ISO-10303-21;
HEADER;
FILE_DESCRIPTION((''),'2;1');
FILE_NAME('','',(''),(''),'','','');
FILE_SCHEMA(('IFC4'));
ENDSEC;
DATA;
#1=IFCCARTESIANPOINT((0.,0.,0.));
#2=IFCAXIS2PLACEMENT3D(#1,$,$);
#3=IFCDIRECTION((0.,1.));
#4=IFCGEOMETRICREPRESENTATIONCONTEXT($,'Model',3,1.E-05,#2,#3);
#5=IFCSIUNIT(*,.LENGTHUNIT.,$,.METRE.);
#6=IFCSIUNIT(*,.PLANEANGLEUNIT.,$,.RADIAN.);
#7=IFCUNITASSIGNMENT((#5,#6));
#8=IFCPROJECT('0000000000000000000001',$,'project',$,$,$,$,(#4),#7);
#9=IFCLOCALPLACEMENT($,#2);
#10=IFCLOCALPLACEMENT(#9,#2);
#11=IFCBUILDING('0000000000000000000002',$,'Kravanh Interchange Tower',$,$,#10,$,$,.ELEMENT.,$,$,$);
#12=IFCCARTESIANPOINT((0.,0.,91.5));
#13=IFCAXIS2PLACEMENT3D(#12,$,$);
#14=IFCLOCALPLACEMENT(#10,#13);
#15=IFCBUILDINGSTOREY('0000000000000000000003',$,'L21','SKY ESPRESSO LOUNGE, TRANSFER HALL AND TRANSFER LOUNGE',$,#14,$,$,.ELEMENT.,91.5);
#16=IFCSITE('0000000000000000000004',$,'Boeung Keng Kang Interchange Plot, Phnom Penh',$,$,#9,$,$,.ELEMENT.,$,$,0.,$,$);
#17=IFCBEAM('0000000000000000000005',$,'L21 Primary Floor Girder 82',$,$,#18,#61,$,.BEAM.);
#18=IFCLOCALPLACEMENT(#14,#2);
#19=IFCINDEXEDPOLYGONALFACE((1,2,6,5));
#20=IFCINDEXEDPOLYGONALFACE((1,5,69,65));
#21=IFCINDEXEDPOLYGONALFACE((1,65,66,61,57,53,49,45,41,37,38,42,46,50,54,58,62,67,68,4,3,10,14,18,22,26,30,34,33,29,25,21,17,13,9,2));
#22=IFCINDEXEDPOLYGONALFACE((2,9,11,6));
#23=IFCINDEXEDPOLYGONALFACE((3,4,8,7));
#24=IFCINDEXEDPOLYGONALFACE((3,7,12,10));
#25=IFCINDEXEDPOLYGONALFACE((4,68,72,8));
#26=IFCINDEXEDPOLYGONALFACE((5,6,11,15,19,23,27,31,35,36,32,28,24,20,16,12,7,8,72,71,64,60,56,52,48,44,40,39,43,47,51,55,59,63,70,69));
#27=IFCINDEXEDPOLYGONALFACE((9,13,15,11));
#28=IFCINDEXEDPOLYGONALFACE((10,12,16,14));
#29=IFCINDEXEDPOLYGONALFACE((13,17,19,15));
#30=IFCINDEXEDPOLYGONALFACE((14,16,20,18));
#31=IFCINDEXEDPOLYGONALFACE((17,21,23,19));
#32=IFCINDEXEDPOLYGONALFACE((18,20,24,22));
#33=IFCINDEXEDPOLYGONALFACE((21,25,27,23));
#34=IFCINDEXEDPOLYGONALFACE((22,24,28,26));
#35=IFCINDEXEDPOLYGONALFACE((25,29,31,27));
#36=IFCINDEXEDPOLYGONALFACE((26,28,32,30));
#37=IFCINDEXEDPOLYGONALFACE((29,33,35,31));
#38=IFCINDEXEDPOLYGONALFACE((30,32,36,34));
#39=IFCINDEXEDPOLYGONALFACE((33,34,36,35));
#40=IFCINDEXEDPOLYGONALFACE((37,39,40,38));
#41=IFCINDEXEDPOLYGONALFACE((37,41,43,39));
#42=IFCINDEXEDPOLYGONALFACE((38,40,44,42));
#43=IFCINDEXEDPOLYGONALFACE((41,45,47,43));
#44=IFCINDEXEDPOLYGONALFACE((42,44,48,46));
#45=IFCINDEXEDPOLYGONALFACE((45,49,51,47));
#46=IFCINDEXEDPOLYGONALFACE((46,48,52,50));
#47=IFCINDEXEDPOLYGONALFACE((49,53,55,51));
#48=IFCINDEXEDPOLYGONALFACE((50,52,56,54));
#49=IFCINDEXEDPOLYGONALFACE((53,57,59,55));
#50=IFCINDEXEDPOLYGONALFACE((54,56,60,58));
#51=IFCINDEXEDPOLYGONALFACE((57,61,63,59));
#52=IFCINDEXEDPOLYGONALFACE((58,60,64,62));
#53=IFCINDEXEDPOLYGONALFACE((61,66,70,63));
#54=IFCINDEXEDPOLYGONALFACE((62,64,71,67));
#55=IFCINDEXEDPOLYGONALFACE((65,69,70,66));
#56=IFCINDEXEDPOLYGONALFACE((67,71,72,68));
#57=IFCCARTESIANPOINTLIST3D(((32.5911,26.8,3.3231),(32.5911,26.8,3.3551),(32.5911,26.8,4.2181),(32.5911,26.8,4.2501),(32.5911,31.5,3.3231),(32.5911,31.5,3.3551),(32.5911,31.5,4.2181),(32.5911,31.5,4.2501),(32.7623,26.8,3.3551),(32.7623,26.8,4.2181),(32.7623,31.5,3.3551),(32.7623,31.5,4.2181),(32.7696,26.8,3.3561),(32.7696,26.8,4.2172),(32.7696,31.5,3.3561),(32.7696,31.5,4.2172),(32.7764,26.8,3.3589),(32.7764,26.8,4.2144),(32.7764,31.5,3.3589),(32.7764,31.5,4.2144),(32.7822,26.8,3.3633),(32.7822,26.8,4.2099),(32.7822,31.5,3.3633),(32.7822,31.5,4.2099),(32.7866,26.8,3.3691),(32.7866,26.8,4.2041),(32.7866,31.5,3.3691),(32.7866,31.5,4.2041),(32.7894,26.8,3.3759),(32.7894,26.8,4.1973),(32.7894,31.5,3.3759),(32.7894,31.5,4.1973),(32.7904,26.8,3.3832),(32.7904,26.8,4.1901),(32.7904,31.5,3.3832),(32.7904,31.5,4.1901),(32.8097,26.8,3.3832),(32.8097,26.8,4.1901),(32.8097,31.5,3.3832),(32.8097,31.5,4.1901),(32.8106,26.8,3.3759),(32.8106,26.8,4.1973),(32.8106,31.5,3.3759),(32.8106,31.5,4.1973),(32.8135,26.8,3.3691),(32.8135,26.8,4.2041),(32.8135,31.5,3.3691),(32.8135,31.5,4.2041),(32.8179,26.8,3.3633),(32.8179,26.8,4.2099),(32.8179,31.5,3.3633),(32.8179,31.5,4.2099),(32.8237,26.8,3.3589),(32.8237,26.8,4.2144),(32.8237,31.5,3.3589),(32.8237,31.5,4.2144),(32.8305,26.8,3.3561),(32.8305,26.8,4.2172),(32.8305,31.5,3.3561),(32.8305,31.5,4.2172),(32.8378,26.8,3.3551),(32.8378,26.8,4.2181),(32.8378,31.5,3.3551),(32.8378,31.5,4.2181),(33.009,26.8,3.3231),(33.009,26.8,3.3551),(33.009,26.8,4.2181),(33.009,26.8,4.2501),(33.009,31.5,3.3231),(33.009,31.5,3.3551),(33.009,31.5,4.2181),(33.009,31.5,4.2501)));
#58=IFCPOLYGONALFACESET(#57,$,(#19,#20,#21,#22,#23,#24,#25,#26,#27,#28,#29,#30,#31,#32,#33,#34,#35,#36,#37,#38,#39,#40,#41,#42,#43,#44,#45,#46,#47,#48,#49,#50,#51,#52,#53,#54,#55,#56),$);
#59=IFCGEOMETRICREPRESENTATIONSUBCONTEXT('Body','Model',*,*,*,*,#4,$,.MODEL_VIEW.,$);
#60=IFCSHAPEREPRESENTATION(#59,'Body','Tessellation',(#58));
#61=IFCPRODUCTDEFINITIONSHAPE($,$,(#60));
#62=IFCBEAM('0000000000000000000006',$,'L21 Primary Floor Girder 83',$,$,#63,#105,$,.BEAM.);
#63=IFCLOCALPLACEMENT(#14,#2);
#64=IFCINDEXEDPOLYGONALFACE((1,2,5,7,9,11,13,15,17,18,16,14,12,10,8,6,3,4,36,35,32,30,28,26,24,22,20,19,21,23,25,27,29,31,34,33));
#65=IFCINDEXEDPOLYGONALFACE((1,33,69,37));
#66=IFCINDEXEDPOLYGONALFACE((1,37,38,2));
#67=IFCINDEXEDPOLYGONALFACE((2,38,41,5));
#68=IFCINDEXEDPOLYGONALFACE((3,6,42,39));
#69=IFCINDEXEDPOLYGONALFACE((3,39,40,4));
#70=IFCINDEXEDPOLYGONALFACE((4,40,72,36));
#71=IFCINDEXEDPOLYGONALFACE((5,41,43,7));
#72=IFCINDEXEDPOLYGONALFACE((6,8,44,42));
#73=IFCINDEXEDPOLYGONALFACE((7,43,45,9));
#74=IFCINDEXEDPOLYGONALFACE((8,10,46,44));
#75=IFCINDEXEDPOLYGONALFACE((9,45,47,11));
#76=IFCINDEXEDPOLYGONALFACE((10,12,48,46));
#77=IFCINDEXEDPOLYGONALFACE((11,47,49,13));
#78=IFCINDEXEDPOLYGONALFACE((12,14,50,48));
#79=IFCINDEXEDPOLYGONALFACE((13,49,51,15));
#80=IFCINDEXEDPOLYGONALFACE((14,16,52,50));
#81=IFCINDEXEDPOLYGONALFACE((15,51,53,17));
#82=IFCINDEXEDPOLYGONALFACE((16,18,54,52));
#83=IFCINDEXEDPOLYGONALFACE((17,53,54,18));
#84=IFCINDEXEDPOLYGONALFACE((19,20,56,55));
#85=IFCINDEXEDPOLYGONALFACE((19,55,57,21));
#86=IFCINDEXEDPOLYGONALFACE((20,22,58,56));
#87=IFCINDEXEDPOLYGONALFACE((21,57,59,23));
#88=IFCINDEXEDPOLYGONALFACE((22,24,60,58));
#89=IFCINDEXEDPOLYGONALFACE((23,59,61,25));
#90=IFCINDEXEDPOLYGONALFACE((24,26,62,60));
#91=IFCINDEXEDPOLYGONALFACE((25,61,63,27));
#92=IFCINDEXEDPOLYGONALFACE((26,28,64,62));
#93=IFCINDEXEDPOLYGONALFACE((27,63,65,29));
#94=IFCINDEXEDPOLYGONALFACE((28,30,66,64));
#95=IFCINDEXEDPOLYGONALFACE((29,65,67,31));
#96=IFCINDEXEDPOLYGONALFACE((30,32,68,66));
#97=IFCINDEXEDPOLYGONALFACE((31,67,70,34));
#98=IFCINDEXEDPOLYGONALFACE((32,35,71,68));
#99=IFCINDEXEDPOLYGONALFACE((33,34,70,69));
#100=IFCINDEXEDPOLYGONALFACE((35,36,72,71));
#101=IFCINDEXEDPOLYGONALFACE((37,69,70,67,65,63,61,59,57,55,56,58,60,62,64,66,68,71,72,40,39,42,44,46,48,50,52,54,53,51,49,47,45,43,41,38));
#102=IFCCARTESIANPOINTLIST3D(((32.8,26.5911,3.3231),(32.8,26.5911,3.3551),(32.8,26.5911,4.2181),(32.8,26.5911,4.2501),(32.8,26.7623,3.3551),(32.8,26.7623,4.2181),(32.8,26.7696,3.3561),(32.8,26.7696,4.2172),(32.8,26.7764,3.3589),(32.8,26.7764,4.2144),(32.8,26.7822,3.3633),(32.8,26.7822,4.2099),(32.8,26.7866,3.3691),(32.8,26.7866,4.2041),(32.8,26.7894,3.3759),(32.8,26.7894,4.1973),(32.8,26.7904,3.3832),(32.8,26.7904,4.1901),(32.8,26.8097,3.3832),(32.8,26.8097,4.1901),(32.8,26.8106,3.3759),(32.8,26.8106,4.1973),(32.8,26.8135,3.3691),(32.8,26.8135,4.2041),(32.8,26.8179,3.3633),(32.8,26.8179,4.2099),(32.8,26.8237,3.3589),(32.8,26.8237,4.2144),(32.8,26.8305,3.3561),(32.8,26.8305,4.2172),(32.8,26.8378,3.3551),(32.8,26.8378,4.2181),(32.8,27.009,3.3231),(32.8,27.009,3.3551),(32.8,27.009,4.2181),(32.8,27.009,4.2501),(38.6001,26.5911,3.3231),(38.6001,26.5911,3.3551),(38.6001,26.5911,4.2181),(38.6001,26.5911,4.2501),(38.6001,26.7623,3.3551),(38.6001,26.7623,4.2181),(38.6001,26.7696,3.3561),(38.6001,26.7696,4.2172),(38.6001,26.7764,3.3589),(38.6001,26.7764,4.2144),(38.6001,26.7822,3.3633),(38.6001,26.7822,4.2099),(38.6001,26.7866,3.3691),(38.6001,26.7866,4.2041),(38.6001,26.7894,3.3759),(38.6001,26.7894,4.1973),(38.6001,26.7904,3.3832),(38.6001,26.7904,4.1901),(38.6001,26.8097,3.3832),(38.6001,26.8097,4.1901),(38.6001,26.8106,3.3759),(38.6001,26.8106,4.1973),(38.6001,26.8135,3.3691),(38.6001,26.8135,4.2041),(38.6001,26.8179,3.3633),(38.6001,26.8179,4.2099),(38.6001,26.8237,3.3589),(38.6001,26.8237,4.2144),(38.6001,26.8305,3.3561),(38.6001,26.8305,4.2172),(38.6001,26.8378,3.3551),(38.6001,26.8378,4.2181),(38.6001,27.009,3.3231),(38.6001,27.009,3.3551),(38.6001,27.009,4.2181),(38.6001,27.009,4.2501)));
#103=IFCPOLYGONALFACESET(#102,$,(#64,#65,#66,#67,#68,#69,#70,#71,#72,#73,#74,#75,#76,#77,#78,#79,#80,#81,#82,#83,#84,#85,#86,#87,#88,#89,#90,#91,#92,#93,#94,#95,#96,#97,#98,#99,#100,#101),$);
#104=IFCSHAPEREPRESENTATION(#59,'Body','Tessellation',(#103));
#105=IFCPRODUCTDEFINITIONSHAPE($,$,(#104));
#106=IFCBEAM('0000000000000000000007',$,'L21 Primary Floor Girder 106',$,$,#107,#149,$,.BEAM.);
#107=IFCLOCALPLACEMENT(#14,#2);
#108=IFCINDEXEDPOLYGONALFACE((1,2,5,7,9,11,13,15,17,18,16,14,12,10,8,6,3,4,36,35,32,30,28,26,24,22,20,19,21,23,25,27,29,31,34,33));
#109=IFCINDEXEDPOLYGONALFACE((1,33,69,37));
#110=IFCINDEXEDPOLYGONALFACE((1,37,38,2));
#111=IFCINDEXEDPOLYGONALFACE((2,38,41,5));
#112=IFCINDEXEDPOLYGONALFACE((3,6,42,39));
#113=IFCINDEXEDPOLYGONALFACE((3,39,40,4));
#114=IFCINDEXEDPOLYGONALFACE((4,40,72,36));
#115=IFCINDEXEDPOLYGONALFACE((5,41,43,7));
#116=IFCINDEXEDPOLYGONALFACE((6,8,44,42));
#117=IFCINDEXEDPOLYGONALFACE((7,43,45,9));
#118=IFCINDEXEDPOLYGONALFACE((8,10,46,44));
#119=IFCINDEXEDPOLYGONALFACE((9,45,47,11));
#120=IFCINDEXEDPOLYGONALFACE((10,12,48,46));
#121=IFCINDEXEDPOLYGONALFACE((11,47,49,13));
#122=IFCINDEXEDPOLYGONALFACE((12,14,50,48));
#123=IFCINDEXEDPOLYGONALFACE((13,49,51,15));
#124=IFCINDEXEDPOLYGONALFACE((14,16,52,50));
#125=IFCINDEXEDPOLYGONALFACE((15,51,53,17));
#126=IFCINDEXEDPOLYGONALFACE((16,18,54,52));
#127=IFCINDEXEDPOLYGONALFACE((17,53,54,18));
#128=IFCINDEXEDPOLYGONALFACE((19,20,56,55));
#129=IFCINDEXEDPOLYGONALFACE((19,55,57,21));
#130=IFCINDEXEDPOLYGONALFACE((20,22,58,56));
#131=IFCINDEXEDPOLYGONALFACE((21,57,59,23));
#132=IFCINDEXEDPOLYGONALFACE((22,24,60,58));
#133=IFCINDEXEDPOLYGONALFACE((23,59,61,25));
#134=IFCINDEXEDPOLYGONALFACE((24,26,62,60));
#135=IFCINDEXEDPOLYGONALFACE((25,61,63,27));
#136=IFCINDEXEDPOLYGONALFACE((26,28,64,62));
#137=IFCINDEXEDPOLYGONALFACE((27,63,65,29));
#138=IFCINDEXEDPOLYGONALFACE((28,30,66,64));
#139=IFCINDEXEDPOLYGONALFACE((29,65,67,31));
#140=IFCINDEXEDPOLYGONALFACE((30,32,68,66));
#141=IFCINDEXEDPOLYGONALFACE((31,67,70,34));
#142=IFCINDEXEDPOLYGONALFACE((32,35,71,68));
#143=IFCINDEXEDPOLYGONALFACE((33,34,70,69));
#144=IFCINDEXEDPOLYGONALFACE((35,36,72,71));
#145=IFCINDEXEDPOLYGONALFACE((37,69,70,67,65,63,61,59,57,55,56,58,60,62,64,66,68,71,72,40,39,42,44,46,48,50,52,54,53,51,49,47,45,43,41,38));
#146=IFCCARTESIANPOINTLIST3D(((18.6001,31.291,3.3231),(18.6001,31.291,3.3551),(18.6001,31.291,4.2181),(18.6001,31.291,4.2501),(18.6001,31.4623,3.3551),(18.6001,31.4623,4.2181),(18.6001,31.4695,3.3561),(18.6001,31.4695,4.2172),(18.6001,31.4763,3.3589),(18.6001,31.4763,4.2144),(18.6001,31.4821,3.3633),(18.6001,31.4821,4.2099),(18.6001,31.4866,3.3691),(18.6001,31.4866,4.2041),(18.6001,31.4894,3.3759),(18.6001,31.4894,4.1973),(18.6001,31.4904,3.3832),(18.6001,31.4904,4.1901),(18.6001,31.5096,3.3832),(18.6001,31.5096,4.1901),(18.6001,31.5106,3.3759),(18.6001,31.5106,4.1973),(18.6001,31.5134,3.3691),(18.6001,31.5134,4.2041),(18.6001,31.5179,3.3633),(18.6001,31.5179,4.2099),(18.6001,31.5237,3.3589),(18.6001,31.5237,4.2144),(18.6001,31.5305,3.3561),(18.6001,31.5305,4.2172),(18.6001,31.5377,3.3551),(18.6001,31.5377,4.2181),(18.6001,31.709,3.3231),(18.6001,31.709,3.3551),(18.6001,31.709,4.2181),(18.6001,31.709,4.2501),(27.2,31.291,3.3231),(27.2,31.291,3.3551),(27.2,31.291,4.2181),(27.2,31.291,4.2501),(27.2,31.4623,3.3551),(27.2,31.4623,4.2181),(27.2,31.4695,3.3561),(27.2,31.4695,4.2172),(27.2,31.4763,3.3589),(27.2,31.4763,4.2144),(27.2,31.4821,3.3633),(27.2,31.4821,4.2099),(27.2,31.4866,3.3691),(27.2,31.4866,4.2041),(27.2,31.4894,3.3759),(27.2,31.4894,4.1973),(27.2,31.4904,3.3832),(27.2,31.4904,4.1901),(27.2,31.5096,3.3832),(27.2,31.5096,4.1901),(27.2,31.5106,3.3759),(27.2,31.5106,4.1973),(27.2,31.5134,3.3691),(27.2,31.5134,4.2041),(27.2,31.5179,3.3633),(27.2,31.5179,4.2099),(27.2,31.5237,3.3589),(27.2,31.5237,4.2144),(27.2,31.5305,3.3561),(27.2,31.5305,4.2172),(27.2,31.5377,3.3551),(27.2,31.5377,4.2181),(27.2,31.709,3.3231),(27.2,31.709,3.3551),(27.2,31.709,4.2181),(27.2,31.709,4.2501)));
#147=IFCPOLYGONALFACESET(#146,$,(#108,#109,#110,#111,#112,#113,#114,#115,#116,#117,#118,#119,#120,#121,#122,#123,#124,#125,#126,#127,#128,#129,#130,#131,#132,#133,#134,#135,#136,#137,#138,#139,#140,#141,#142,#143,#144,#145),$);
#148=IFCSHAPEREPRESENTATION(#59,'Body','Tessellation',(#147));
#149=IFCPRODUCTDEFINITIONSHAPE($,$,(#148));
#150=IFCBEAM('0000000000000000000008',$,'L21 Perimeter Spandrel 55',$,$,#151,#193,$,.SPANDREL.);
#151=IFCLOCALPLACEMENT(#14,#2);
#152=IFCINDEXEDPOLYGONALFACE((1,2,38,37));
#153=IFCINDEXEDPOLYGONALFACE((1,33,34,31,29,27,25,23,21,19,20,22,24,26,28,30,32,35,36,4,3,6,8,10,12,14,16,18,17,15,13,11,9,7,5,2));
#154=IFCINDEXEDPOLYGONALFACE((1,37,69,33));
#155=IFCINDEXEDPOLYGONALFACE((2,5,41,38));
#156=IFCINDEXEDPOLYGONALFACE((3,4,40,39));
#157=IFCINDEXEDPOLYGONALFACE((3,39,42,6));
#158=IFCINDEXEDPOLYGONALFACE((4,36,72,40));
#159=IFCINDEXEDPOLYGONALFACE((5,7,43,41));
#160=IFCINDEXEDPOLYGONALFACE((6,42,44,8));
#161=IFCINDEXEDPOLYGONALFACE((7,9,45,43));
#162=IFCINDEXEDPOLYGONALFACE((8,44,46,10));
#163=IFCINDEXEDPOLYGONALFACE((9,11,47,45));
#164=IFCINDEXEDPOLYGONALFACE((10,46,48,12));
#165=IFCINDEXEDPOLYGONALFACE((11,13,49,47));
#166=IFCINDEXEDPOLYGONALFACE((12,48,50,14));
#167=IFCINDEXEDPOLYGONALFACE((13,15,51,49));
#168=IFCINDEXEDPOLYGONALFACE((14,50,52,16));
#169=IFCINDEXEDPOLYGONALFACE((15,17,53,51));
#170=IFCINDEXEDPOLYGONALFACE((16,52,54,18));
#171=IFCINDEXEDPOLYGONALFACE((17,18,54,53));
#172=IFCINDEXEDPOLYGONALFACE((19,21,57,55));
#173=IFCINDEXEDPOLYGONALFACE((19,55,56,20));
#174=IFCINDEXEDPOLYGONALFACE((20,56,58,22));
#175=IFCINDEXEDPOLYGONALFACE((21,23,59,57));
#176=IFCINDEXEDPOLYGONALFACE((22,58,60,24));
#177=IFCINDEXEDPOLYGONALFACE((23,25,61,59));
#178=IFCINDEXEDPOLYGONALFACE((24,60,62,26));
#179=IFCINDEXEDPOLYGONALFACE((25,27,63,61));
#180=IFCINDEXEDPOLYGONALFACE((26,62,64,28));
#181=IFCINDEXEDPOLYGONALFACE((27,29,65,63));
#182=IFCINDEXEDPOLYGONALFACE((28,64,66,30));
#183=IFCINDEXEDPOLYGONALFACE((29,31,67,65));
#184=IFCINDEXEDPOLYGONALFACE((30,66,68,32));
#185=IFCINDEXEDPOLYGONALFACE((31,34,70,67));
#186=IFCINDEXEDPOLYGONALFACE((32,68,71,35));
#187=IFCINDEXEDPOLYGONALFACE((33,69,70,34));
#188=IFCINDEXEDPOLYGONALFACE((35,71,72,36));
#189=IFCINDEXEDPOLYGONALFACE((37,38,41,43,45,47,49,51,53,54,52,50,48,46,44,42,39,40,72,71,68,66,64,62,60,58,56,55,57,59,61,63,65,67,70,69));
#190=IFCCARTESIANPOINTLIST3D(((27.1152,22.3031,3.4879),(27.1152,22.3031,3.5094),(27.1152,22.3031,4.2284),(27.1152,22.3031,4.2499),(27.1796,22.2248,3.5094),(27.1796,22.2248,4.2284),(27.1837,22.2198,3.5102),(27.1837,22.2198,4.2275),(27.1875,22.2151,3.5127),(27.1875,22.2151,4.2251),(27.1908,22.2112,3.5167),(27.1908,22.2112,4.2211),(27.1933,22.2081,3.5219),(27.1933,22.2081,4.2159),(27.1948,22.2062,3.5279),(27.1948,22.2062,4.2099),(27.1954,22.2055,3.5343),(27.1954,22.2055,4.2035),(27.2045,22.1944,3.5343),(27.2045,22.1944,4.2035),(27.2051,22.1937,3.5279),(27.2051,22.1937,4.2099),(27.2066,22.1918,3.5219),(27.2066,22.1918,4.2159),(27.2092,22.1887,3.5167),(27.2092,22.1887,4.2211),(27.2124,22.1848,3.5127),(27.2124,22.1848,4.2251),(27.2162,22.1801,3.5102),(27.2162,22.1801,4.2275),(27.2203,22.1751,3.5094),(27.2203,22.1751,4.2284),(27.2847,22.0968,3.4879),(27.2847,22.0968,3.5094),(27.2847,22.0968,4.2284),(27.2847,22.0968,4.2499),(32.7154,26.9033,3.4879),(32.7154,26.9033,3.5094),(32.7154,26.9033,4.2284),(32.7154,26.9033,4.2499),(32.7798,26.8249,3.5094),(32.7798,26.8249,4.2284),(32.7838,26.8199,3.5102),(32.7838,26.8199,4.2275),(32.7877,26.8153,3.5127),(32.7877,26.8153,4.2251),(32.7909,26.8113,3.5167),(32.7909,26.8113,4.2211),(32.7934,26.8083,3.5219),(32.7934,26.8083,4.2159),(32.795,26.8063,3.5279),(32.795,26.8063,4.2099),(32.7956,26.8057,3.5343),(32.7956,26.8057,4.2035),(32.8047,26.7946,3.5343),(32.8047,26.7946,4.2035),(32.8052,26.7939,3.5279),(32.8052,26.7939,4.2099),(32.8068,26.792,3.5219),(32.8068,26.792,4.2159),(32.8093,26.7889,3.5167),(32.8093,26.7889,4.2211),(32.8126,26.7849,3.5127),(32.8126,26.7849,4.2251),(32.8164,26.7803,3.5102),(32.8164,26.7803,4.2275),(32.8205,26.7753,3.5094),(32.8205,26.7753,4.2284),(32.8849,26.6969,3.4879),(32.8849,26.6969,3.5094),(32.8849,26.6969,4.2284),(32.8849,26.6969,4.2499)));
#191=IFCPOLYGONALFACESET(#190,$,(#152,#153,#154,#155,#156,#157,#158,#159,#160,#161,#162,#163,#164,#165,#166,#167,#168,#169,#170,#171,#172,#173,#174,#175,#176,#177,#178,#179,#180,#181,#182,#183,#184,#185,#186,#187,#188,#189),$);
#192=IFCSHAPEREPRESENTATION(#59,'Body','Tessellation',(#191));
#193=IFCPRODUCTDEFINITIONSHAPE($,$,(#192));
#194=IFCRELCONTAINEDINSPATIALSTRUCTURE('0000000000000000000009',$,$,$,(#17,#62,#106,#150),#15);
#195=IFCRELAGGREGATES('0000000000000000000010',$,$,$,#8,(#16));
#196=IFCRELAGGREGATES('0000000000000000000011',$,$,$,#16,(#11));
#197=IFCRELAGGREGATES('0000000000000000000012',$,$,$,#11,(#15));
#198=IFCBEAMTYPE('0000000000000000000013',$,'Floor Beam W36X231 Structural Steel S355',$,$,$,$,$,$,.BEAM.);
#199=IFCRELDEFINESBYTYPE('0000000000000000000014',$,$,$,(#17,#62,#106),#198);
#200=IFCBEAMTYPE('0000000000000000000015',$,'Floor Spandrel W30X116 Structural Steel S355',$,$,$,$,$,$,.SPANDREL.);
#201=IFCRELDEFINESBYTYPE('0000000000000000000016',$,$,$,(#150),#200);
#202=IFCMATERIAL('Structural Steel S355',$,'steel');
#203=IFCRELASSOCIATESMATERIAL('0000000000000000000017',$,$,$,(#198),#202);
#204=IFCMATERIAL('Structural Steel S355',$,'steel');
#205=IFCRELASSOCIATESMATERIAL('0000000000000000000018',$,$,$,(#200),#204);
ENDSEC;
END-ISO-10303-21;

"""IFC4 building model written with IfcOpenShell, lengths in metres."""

from ifc_helpers import new_model, si_unit, direction, frame, origin, origin_2d, place, context, subcontext, project, spatial, i_section, extrude, material, material_profile, profile_set, type_object, element, save


model = new_model("IFC4")

# Units and contexts
model_context = context("Model", 3, precision=1e-05, world=origin(), true_north=direction((0.0, 1.0)))
body_context = subcontext(model_context, "Body", "Model", "MODEL_VIEW")
ifc_project = project(units=[si_unit("LENGTHUNIT", "METRE"), si_unit("PLANEANGLEUNIT", "RADIAN")], contexts=[model_context])

# Site, building, storey
site_placement = place(None, origin())
site = spatial("IfcSite", under=ifc_project, at=site_placement, Name="Boeung Keng Kang Interchange Plot, Phnom Penh", CompositionType="ELEMENT", RefElevation=0.0)
building_placement = place(site_placement, origin())
building = spatial("IfcBuilding", under=site, at=building_placement, Name="Kravanh Interchange Tower", CompositionType="ELEMENT")
storey_placement = place(building_placement, frame((0.0, 0.0, 91.5)))
storey = spatial("IfcBuildingStorey", under=building, at=storey_placement, Name="L21", Description="SKY ESPRESSO LOUNGE, TRANSFER HALL AND TRANSFER LOUNGE", CompositionType="ELEMENT", Elevation=91.5)

# Beams
ifc_material_1 = material(Name="Structural Steel S355", Category="steel")
ifc_material_profile_1 = material_profile(ifc_material_1, i_section(OverallWidth=0.418, OverallDepth=0.927, WebThickness=0.0193, FlangeThickness=0.032, FilletRadius=0.0281, at=origin_2d()), Name="W36X231")
ifc_profile_set_1 = profile_set([ifc_material_profile_1], Name="Structural Steel S355")
beam_type_1 = type_object("IfcBeamType", Name="Floor Beam W36X231 Structural Steel S355", PredefinedType="BEAM", material=ifc_profile_set_1)
beam_1_placement = place(storey_placement, frame((32.8, 26.8, 3.7866), z_axis=(0.0, 1.0, 0.0), x_axis=(-1.0, 0.0, 0.0)))
element("IfcBeam", 1, at=beam_1_placement, inside=storey, type_object=beam_type_1, Name="L21 Primary Floor Girder 82", PredefinedType="BEAM", context=body_context, shape_type="SweptSolid", body=[
    extrude(i_section(OverallWidth=0.418, OverallDepth=0.927, WebThickness=0.0193, FlangeThickness=0.032, FilletRadius=0.0281, at=origin_2d()), origin(), (0.0, 0.0, 1.0), 4.7),
])
beam_2_placement = place(storey_placement, frame((32.8, 26.8, 3.7866), z_axis=(1.0, 0.0, 0.0), x_axis=(0.0, 1.0, 0.0)))
element("IfcBeam", 2, at=beam_2_placement, inside=storey, type_object=beam_type_1, Name="L21 Primary Floor Girder 83", PredefinedType="BEAM", context=body_context, shape_type="SweptSolid", body=[
    extrude(i_section(OverallWidth=0.418, OverallDepth=0.927, WebThickness=0.0193, FlangeThickness=0.032, FilletRadius=0.0281, at=origin_2d()), origin(), (0.0, 0.0, 1.0), 5.8),
])
beam_3_placement = place(storey_placement, frame((18.6001, 31.5, 3.7866), z_axis=(1.0, 0.0, 0.0), x_axis=(0.0, 1.0, 0.0)))
element("IfcBeam", 3, at=beam_3_placement, inside=storey, type_object=beam_type_1, Name="L21 Primary Floor Girder 106", PredefinedType="BEAM", context=body_context, shape_type="SweptSolid", body=[
    extrude(i_section(OverallWidth=0.418, OverallDepth=0.927, WebThickness=0.0193, FlangeThickness=0.032, FilletRadius=0.0281, at=origin_2d()), origin(), (0.0, 0.0, 1.0), 8.5999),
])
ifc_material_2 = material(Name="Structural Steel S355", Category="steel")
ifc_material_profile_2 = material_profile(ifc_material_2, i_section(OverallWidth=0.2671, OverallDepth=0.762, WebThickness=0.0144, FlangeThickness=0.0215, FilletRadius=0.0249, at=origin_2d()), Name="W30X116")
ifc_profile_set_2 = profile_set([ifc_material_profile_2], Name="Structural Steel S355")
beam_type_2 = type_object("IfcBeamType", Name="Floor Spandrel W30X116 Structural Steel S355", PredefinedType="SPANDREL", material=ifc_profile_set_2)
beam_4_placement = place(storey_placement, frame((27.2, 22.2, 3.8689), z_axis=(0.772725, 0.634741, 0.0), x_axis=(-0.634741, 0.772725, 0.0)))
element("IfcBeam", 4, at=beam_4_placement, inside=storey, type_object=beam_type_2, Name="L21 Perimeter Spandrel 55", PredefinedType="SPANDREL", context=body_context, shape_type="SweptSolid", body=[
    extrude(i_section(OverallWidth=0.2671, OverallDepth=0.762, WebThickness=0.0144, FlangeThickness=0.0215, FilletRadius=0.0249, at=origin_2d()), origin(), (0.0, 0.0, 1.0), 7.2473),
])

save(model, "model.ifc")
